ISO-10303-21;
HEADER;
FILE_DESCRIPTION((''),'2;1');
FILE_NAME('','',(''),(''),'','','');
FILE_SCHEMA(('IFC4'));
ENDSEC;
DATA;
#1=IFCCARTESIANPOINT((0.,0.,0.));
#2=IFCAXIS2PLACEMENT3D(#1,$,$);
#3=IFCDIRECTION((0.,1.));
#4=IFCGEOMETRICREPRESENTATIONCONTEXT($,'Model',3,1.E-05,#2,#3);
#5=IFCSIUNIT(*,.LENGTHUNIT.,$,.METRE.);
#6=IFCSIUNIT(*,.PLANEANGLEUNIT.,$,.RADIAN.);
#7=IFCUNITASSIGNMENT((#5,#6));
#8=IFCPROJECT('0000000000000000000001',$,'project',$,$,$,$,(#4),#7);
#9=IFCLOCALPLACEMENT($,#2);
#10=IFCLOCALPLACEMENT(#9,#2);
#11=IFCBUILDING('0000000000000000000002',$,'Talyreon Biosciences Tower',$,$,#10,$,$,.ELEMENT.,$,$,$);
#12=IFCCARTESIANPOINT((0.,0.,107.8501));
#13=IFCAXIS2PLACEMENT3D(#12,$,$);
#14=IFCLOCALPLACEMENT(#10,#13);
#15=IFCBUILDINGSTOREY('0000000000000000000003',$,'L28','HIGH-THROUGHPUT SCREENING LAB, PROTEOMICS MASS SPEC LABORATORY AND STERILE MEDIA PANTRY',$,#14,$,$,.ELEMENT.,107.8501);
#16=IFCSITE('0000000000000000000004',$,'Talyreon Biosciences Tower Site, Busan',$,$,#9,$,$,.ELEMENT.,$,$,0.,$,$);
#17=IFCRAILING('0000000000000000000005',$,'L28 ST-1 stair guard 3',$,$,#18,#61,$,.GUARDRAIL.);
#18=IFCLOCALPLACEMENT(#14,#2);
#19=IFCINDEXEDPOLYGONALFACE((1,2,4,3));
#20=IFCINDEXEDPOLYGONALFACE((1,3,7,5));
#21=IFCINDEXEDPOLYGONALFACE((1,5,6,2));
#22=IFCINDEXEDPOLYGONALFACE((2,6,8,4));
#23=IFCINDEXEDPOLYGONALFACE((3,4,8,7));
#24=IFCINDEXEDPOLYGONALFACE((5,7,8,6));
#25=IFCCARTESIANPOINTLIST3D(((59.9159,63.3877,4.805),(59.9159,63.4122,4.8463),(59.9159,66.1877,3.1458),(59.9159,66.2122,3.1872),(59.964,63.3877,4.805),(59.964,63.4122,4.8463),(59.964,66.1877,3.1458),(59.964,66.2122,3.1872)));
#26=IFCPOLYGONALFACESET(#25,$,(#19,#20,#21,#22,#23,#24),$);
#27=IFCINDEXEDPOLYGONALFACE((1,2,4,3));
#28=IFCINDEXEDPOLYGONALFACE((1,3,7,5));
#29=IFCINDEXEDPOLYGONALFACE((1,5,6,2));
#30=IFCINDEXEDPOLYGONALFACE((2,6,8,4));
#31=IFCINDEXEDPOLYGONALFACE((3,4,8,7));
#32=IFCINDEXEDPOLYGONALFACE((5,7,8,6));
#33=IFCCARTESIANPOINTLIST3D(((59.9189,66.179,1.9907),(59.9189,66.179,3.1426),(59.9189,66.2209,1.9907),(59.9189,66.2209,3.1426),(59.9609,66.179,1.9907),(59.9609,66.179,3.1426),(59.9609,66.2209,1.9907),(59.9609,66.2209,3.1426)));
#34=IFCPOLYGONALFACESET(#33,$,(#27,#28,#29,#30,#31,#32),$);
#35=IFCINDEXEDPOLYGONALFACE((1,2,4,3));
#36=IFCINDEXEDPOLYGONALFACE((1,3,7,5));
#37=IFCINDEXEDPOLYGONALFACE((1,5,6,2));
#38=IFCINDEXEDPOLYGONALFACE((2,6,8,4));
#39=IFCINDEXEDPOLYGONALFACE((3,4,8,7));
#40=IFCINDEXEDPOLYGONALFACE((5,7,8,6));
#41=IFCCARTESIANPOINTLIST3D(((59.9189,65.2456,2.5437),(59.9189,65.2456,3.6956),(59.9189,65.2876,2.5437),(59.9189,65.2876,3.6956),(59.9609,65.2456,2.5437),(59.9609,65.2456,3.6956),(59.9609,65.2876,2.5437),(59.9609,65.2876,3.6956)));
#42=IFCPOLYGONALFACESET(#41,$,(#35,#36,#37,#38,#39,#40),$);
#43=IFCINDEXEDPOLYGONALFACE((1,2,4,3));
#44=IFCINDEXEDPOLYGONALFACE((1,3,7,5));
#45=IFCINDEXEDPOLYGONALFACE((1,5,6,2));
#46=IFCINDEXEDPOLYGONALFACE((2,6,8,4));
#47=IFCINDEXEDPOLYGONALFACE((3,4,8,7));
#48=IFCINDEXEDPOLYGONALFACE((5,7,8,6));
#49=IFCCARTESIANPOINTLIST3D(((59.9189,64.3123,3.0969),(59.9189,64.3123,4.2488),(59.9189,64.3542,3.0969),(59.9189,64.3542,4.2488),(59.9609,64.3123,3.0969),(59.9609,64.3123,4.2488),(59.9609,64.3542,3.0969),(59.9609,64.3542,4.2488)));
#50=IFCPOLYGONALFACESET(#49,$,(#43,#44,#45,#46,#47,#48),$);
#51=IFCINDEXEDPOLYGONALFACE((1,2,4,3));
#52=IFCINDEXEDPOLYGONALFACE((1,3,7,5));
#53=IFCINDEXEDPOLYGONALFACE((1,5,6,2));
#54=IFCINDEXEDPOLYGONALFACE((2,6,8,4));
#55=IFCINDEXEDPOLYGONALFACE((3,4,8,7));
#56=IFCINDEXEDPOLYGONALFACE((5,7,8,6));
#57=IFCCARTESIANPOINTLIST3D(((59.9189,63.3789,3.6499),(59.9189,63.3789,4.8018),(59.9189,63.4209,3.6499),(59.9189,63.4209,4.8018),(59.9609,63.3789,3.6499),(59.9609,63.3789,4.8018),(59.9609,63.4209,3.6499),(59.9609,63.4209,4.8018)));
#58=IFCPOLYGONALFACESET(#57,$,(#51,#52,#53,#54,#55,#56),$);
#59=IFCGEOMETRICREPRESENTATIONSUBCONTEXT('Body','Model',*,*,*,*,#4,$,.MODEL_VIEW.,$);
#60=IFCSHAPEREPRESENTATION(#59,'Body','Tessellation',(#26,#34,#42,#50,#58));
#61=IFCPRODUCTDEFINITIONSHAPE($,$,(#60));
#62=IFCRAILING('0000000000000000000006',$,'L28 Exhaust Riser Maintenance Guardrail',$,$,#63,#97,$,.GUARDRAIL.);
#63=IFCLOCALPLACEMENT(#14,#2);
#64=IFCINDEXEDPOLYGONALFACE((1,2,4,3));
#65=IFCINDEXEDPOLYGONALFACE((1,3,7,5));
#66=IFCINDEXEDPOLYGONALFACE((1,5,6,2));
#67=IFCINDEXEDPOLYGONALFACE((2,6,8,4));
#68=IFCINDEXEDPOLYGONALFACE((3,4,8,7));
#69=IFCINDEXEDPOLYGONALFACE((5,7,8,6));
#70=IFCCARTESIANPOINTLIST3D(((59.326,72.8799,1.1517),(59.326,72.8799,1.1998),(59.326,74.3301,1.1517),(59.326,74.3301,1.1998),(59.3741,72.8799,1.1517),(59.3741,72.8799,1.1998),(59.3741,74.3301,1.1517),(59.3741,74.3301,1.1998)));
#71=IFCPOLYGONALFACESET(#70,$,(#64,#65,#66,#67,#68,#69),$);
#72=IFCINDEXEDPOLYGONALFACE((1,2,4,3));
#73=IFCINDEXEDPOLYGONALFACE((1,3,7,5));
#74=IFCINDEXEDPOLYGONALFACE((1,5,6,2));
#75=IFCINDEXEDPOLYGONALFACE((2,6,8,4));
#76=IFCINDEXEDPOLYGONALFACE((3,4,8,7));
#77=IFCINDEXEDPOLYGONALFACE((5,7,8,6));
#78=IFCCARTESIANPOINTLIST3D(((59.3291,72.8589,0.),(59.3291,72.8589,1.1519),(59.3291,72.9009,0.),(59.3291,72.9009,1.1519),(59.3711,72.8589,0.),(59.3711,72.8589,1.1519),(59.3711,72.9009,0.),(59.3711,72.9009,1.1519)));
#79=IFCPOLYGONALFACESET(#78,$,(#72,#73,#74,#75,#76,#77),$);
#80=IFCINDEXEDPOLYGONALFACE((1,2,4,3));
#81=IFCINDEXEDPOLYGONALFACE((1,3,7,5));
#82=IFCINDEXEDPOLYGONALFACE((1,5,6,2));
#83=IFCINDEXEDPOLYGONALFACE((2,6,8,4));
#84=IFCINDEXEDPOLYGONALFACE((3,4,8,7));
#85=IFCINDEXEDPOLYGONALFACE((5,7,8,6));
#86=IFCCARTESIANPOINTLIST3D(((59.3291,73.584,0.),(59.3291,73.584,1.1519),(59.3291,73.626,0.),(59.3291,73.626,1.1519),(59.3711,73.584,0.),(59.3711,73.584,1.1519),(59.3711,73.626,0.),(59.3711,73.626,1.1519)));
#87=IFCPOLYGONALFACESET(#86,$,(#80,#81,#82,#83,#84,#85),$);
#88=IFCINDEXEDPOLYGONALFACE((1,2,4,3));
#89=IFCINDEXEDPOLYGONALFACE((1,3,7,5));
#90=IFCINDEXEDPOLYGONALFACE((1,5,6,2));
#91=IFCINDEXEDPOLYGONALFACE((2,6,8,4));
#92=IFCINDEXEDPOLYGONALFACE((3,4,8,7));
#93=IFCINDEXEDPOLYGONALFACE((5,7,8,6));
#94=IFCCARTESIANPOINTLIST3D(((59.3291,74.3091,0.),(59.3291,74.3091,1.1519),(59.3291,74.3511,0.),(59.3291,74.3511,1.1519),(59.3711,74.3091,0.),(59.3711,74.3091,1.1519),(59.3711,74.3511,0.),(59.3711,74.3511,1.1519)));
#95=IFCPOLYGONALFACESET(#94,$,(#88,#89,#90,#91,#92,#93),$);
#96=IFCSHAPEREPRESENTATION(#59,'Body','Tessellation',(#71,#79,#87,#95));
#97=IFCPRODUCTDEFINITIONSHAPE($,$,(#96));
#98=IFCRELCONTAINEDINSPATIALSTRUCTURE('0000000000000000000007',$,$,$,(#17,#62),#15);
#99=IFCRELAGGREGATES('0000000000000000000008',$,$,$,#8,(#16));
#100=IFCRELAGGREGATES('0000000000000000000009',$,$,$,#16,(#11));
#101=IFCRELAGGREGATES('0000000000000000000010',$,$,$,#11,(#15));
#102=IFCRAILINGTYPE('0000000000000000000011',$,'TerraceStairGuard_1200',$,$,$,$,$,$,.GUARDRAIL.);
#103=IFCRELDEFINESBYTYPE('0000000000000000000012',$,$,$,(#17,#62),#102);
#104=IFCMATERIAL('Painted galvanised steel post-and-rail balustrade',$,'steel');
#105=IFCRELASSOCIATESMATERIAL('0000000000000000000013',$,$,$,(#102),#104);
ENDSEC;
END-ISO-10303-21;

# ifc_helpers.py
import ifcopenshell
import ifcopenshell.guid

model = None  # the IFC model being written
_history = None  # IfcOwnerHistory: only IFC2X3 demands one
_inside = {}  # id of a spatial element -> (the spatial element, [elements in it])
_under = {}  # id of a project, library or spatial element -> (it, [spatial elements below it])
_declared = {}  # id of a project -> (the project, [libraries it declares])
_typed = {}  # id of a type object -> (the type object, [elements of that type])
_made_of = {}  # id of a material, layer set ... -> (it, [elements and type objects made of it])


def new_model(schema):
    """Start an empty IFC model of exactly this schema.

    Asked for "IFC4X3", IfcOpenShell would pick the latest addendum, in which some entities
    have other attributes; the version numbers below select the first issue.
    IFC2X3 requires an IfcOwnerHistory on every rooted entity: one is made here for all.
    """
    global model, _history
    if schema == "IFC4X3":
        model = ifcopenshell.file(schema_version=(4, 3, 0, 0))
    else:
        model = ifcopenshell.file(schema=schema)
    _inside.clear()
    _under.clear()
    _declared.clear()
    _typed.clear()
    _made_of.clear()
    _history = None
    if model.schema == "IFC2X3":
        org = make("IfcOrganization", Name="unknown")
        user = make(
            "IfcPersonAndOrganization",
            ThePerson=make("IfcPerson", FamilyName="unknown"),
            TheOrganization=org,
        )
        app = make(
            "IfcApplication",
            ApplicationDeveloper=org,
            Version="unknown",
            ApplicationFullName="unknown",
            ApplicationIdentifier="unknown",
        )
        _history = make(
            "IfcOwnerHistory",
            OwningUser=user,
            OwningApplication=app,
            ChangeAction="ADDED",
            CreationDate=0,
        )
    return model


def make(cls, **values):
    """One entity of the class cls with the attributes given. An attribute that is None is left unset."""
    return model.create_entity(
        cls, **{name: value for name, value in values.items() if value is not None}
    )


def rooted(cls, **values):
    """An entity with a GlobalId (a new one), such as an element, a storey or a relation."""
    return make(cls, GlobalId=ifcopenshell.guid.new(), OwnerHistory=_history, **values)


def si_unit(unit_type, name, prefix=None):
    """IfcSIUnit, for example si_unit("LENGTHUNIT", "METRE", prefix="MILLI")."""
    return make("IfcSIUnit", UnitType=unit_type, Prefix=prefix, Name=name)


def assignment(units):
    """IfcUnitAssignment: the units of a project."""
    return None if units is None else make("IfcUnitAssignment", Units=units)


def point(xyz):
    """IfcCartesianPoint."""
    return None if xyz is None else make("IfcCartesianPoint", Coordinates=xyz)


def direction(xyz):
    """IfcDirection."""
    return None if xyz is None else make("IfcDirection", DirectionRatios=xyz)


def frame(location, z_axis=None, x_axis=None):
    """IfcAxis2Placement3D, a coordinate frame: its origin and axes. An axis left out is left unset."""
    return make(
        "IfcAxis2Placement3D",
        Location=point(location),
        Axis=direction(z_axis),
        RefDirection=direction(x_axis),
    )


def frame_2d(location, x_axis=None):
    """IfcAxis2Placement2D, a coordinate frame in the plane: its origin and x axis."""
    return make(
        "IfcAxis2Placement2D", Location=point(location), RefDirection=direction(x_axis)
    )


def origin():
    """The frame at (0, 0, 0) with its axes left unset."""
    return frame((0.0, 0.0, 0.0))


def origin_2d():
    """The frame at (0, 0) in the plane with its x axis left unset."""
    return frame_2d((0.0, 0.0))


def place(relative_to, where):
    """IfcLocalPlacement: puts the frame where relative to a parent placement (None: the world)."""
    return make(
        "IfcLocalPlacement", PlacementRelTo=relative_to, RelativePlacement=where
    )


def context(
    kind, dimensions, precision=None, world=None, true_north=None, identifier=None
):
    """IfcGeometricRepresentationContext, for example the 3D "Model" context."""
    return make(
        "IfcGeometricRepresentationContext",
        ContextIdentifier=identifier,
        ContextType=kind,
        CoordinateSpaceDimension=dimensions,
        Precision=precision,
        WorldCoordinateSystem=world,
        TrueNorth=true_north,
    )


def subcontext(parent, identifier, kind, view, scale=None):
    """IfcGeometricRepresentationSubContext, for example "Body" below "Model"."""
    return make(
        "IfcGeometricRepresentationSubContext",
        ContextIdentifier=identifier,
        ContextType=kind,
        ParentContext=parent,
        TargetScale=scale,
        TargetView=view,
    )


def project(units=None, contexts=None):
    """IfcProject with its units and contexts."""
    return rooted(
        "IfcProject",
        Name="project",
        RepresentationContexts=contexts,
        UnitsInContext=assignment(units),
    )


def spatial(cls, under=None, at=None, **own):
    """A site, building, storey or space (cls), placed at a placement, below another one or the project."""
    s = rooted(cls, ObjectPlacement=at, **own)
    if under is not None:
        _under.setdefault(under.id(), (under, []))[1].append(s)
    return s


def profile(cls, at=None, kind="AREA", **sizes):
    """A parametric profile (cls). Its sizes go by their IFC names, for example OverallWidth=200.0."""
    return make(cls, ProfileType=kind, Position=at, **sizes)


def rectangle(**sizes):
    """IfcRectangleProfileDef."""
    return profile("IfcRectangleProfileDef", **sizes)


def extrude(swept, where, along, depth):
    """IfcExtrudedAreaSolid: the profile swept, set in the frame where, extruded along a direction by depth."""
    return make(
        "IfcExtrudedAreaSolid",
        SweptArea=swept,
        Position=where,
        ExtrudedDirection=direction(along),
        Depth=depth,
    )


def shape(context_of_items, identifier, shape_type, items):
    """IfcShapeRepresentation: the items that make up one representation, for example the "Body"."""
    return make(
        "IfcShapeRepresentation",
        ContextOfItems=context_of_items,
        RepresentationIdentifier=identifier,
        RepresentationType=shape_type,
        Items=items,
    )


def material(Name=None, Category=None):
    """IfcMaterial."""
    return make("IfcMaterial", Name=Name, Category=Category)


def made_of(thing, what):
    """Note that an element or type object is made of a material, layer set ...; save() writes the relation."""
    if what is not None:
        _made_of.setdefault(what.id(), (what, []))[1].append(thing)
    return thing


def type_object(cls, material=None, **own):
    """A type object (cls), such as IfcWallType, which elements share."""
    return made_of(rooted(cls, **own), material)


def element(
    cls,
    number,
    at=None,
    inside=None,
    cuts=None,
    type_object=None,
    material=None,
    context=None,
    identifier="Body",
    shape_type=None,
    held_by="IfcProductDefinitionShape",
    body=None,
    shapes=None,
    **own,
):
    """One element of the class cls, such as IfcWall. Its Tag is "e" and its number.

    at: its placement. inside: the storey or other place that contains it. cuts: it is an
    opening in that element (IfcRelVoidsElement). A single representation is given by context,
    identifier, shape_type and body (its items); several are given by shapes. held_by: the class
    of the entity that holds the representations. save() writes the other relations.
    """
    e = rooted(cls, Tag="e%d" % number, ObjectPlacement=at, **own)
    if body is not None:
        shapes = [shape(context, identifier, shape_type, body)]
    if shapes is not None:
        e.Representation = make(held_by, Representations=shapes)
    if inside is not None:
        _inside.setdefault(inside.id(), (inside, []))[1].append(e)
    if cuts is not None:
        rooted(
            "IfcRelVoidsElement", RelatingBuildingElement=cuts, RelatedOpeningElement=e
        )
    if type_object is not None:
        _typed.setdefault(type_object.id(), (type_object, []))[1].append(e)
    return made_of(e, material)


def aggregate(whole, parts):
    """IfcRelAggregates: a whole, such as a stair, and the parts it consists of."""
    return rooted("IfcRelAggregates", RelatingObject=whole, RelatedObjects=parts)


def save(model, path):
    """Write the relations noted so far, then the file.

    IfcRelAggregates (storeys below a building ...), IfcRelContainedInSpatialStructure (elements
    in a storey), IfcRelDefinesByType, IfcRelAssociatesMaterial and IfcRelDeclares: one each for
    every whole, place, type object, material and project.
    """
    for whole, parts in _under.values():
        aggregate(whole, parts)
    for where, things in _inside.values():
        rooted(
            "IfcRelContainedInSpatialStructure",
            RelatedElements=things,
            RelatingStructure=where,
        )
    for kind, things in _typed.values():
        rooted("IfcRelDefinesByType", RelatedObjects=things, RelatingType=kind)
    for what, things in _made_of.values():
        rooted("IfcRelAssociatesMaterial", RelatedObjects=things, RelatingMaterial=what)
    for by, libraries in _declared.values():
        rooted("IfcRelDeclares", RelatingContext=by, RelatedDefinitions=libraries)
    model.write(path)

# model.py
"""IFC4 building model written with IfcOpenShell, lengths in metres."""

from ifc_helpers import new_model, si_unit, direction, frame, origin, origin_2d, place, context, subcontext, project, spatial, rectangle, extrude, material, type_object, element, save


model = new_model("IFC4")

# Units and contexts
model_context = context("Model", 3, precision=1e-05, world=origin(), true_north=direction((0.0, 1.0)))
body_context = subcontext(model_context, "Body", "Model", "MODEL_VIEW")
ifc_project = project(units=[si_unit("LENGTHUNIT", "METRE"), si_unit("PLANEANGLEUNIT", "RADIAN")], contexts=[model_context])

# Site, building, storey
site_placement = place(None, origin())
site = spatial("IfcSite", under=ifc_project, at=site_placement, Name="Talyreon Biosciences Tower Site, Busan", CompositionType="ELEMENT", RefElevation=0.0)
building_placement = place(site_placement, origin())
building = spatial("IfcBuilding", under=site, at=building_placement, Name="Talyreon Biosciences Tower", CompositionType="ELEMENT")
storey_placement = place(building_placement, frame((0.0, 0.0, 107.8501)))
storey = spatial("IfcBuildingStorey", under=building, at=storey_placement, Name="L28", Description="HIGH-THROUGHPUT SCREENING LAB, PROTEOMICS MASS SPEC LABORATORY AND STERILE MEDIA PANTRY", CompositionType="ELEMENT", Elevation=107.8501)

# Railings
ifc_material_1 = material(Name="Painted galvanised steel post-and-rail balustrade", Category="steel")
railing_type_1 = type_object("IfcRailingType", Name="TerraceStairGuard_1200", PredefinedType="GUARDRAIL", material=ifc_material_1)
railing_1_placement = place(storey_placement, frame((59.9399, 66.2, 1.9907)))
element("IfcRailing", 1, at=railing_1_placement, inside=storey, type_object=railing_type_1, Name="L28 ST-1 stair guard 3", PredefinedType="GUARDRAIL", context=body_context, shape_type="SweptSolid", body=[
    extrude(rectangle(XDim=0.0481, YDim=0.0481, at=origin_2d()), frame((0.0, 0.0, 1.1758), z_axis=(0.0, -0.860306, 0.509778), x_axis=(1.0, 0.0, 0.0)), (0.0, 0.0, 1.0), 3.2546),
    extrude(rectangle(XDim=0.042, YDim=0.042, at=origin_2d()), origin(), (0.0, 0.0, 1.0), 1.1519),
    extrude(rectangle(XDim=0.042, YDim=0.042, at=origin_2d()), frame((0.0, -0.9333, 0.553)), (0.0, 0.0, 1.0), 1.1519),
    extrude(rectangle(XDim=0.042, YDim=0.042, at=origin_2d()), frame((0.0, -1.8667, 1.1062)), (0.0, 0.0, 1.0), 1.1519),
    extrude(rectangle(XDim=0.042, YDim=0.042, at=origin_2d()), frame((0.0, -2.8, 1.6592)), (0.0, 0.0, 1.0), 1.1519),
])
railing_2_placement = place(storey_placement, frame((59.3501, 72.8799, 0.0)))
element("IfcRailing", 2, at=railing_2_placement, inside=storey, type_object=railing_type_1, Name="L28 Exhaust Riser Maintenance Guardrail", PredefinedType="GUARDRAIL", context=body_context, shape_type="SweptSolid", body=[
    extrude(rectangle(XDim=0.0481, YDim=0.0481, at=origin_2d()), frame((0.0, 0.0, 1.1758), z_axis=(0.0, 1.0, 0.0), x_axis=(-1.0, 0.0, 0.0)), (0.0, 0.0, 1.0), 1.4502),
    extrude(rectangle(XDim=0.042, YDim=0.042, at=origin_2d()), origin(), (0.0, 0.0, 1.0), 1.1519),
    extrude(rectangle(XDim=0.042, YDim=0.042, at=origin_2d()), frame((0.0, 0.7251, 0.0)), (0.0, 0.0, 1.0), 1.1519),
    extrude(rectangle(XDim=0.042, YDim=0.042, at=origin_2d()), frame((0.0, 1.4502, 0.0)), (0.0, 0.0, 1.0), 1.1519),
])

save(model, "model.ifc")
